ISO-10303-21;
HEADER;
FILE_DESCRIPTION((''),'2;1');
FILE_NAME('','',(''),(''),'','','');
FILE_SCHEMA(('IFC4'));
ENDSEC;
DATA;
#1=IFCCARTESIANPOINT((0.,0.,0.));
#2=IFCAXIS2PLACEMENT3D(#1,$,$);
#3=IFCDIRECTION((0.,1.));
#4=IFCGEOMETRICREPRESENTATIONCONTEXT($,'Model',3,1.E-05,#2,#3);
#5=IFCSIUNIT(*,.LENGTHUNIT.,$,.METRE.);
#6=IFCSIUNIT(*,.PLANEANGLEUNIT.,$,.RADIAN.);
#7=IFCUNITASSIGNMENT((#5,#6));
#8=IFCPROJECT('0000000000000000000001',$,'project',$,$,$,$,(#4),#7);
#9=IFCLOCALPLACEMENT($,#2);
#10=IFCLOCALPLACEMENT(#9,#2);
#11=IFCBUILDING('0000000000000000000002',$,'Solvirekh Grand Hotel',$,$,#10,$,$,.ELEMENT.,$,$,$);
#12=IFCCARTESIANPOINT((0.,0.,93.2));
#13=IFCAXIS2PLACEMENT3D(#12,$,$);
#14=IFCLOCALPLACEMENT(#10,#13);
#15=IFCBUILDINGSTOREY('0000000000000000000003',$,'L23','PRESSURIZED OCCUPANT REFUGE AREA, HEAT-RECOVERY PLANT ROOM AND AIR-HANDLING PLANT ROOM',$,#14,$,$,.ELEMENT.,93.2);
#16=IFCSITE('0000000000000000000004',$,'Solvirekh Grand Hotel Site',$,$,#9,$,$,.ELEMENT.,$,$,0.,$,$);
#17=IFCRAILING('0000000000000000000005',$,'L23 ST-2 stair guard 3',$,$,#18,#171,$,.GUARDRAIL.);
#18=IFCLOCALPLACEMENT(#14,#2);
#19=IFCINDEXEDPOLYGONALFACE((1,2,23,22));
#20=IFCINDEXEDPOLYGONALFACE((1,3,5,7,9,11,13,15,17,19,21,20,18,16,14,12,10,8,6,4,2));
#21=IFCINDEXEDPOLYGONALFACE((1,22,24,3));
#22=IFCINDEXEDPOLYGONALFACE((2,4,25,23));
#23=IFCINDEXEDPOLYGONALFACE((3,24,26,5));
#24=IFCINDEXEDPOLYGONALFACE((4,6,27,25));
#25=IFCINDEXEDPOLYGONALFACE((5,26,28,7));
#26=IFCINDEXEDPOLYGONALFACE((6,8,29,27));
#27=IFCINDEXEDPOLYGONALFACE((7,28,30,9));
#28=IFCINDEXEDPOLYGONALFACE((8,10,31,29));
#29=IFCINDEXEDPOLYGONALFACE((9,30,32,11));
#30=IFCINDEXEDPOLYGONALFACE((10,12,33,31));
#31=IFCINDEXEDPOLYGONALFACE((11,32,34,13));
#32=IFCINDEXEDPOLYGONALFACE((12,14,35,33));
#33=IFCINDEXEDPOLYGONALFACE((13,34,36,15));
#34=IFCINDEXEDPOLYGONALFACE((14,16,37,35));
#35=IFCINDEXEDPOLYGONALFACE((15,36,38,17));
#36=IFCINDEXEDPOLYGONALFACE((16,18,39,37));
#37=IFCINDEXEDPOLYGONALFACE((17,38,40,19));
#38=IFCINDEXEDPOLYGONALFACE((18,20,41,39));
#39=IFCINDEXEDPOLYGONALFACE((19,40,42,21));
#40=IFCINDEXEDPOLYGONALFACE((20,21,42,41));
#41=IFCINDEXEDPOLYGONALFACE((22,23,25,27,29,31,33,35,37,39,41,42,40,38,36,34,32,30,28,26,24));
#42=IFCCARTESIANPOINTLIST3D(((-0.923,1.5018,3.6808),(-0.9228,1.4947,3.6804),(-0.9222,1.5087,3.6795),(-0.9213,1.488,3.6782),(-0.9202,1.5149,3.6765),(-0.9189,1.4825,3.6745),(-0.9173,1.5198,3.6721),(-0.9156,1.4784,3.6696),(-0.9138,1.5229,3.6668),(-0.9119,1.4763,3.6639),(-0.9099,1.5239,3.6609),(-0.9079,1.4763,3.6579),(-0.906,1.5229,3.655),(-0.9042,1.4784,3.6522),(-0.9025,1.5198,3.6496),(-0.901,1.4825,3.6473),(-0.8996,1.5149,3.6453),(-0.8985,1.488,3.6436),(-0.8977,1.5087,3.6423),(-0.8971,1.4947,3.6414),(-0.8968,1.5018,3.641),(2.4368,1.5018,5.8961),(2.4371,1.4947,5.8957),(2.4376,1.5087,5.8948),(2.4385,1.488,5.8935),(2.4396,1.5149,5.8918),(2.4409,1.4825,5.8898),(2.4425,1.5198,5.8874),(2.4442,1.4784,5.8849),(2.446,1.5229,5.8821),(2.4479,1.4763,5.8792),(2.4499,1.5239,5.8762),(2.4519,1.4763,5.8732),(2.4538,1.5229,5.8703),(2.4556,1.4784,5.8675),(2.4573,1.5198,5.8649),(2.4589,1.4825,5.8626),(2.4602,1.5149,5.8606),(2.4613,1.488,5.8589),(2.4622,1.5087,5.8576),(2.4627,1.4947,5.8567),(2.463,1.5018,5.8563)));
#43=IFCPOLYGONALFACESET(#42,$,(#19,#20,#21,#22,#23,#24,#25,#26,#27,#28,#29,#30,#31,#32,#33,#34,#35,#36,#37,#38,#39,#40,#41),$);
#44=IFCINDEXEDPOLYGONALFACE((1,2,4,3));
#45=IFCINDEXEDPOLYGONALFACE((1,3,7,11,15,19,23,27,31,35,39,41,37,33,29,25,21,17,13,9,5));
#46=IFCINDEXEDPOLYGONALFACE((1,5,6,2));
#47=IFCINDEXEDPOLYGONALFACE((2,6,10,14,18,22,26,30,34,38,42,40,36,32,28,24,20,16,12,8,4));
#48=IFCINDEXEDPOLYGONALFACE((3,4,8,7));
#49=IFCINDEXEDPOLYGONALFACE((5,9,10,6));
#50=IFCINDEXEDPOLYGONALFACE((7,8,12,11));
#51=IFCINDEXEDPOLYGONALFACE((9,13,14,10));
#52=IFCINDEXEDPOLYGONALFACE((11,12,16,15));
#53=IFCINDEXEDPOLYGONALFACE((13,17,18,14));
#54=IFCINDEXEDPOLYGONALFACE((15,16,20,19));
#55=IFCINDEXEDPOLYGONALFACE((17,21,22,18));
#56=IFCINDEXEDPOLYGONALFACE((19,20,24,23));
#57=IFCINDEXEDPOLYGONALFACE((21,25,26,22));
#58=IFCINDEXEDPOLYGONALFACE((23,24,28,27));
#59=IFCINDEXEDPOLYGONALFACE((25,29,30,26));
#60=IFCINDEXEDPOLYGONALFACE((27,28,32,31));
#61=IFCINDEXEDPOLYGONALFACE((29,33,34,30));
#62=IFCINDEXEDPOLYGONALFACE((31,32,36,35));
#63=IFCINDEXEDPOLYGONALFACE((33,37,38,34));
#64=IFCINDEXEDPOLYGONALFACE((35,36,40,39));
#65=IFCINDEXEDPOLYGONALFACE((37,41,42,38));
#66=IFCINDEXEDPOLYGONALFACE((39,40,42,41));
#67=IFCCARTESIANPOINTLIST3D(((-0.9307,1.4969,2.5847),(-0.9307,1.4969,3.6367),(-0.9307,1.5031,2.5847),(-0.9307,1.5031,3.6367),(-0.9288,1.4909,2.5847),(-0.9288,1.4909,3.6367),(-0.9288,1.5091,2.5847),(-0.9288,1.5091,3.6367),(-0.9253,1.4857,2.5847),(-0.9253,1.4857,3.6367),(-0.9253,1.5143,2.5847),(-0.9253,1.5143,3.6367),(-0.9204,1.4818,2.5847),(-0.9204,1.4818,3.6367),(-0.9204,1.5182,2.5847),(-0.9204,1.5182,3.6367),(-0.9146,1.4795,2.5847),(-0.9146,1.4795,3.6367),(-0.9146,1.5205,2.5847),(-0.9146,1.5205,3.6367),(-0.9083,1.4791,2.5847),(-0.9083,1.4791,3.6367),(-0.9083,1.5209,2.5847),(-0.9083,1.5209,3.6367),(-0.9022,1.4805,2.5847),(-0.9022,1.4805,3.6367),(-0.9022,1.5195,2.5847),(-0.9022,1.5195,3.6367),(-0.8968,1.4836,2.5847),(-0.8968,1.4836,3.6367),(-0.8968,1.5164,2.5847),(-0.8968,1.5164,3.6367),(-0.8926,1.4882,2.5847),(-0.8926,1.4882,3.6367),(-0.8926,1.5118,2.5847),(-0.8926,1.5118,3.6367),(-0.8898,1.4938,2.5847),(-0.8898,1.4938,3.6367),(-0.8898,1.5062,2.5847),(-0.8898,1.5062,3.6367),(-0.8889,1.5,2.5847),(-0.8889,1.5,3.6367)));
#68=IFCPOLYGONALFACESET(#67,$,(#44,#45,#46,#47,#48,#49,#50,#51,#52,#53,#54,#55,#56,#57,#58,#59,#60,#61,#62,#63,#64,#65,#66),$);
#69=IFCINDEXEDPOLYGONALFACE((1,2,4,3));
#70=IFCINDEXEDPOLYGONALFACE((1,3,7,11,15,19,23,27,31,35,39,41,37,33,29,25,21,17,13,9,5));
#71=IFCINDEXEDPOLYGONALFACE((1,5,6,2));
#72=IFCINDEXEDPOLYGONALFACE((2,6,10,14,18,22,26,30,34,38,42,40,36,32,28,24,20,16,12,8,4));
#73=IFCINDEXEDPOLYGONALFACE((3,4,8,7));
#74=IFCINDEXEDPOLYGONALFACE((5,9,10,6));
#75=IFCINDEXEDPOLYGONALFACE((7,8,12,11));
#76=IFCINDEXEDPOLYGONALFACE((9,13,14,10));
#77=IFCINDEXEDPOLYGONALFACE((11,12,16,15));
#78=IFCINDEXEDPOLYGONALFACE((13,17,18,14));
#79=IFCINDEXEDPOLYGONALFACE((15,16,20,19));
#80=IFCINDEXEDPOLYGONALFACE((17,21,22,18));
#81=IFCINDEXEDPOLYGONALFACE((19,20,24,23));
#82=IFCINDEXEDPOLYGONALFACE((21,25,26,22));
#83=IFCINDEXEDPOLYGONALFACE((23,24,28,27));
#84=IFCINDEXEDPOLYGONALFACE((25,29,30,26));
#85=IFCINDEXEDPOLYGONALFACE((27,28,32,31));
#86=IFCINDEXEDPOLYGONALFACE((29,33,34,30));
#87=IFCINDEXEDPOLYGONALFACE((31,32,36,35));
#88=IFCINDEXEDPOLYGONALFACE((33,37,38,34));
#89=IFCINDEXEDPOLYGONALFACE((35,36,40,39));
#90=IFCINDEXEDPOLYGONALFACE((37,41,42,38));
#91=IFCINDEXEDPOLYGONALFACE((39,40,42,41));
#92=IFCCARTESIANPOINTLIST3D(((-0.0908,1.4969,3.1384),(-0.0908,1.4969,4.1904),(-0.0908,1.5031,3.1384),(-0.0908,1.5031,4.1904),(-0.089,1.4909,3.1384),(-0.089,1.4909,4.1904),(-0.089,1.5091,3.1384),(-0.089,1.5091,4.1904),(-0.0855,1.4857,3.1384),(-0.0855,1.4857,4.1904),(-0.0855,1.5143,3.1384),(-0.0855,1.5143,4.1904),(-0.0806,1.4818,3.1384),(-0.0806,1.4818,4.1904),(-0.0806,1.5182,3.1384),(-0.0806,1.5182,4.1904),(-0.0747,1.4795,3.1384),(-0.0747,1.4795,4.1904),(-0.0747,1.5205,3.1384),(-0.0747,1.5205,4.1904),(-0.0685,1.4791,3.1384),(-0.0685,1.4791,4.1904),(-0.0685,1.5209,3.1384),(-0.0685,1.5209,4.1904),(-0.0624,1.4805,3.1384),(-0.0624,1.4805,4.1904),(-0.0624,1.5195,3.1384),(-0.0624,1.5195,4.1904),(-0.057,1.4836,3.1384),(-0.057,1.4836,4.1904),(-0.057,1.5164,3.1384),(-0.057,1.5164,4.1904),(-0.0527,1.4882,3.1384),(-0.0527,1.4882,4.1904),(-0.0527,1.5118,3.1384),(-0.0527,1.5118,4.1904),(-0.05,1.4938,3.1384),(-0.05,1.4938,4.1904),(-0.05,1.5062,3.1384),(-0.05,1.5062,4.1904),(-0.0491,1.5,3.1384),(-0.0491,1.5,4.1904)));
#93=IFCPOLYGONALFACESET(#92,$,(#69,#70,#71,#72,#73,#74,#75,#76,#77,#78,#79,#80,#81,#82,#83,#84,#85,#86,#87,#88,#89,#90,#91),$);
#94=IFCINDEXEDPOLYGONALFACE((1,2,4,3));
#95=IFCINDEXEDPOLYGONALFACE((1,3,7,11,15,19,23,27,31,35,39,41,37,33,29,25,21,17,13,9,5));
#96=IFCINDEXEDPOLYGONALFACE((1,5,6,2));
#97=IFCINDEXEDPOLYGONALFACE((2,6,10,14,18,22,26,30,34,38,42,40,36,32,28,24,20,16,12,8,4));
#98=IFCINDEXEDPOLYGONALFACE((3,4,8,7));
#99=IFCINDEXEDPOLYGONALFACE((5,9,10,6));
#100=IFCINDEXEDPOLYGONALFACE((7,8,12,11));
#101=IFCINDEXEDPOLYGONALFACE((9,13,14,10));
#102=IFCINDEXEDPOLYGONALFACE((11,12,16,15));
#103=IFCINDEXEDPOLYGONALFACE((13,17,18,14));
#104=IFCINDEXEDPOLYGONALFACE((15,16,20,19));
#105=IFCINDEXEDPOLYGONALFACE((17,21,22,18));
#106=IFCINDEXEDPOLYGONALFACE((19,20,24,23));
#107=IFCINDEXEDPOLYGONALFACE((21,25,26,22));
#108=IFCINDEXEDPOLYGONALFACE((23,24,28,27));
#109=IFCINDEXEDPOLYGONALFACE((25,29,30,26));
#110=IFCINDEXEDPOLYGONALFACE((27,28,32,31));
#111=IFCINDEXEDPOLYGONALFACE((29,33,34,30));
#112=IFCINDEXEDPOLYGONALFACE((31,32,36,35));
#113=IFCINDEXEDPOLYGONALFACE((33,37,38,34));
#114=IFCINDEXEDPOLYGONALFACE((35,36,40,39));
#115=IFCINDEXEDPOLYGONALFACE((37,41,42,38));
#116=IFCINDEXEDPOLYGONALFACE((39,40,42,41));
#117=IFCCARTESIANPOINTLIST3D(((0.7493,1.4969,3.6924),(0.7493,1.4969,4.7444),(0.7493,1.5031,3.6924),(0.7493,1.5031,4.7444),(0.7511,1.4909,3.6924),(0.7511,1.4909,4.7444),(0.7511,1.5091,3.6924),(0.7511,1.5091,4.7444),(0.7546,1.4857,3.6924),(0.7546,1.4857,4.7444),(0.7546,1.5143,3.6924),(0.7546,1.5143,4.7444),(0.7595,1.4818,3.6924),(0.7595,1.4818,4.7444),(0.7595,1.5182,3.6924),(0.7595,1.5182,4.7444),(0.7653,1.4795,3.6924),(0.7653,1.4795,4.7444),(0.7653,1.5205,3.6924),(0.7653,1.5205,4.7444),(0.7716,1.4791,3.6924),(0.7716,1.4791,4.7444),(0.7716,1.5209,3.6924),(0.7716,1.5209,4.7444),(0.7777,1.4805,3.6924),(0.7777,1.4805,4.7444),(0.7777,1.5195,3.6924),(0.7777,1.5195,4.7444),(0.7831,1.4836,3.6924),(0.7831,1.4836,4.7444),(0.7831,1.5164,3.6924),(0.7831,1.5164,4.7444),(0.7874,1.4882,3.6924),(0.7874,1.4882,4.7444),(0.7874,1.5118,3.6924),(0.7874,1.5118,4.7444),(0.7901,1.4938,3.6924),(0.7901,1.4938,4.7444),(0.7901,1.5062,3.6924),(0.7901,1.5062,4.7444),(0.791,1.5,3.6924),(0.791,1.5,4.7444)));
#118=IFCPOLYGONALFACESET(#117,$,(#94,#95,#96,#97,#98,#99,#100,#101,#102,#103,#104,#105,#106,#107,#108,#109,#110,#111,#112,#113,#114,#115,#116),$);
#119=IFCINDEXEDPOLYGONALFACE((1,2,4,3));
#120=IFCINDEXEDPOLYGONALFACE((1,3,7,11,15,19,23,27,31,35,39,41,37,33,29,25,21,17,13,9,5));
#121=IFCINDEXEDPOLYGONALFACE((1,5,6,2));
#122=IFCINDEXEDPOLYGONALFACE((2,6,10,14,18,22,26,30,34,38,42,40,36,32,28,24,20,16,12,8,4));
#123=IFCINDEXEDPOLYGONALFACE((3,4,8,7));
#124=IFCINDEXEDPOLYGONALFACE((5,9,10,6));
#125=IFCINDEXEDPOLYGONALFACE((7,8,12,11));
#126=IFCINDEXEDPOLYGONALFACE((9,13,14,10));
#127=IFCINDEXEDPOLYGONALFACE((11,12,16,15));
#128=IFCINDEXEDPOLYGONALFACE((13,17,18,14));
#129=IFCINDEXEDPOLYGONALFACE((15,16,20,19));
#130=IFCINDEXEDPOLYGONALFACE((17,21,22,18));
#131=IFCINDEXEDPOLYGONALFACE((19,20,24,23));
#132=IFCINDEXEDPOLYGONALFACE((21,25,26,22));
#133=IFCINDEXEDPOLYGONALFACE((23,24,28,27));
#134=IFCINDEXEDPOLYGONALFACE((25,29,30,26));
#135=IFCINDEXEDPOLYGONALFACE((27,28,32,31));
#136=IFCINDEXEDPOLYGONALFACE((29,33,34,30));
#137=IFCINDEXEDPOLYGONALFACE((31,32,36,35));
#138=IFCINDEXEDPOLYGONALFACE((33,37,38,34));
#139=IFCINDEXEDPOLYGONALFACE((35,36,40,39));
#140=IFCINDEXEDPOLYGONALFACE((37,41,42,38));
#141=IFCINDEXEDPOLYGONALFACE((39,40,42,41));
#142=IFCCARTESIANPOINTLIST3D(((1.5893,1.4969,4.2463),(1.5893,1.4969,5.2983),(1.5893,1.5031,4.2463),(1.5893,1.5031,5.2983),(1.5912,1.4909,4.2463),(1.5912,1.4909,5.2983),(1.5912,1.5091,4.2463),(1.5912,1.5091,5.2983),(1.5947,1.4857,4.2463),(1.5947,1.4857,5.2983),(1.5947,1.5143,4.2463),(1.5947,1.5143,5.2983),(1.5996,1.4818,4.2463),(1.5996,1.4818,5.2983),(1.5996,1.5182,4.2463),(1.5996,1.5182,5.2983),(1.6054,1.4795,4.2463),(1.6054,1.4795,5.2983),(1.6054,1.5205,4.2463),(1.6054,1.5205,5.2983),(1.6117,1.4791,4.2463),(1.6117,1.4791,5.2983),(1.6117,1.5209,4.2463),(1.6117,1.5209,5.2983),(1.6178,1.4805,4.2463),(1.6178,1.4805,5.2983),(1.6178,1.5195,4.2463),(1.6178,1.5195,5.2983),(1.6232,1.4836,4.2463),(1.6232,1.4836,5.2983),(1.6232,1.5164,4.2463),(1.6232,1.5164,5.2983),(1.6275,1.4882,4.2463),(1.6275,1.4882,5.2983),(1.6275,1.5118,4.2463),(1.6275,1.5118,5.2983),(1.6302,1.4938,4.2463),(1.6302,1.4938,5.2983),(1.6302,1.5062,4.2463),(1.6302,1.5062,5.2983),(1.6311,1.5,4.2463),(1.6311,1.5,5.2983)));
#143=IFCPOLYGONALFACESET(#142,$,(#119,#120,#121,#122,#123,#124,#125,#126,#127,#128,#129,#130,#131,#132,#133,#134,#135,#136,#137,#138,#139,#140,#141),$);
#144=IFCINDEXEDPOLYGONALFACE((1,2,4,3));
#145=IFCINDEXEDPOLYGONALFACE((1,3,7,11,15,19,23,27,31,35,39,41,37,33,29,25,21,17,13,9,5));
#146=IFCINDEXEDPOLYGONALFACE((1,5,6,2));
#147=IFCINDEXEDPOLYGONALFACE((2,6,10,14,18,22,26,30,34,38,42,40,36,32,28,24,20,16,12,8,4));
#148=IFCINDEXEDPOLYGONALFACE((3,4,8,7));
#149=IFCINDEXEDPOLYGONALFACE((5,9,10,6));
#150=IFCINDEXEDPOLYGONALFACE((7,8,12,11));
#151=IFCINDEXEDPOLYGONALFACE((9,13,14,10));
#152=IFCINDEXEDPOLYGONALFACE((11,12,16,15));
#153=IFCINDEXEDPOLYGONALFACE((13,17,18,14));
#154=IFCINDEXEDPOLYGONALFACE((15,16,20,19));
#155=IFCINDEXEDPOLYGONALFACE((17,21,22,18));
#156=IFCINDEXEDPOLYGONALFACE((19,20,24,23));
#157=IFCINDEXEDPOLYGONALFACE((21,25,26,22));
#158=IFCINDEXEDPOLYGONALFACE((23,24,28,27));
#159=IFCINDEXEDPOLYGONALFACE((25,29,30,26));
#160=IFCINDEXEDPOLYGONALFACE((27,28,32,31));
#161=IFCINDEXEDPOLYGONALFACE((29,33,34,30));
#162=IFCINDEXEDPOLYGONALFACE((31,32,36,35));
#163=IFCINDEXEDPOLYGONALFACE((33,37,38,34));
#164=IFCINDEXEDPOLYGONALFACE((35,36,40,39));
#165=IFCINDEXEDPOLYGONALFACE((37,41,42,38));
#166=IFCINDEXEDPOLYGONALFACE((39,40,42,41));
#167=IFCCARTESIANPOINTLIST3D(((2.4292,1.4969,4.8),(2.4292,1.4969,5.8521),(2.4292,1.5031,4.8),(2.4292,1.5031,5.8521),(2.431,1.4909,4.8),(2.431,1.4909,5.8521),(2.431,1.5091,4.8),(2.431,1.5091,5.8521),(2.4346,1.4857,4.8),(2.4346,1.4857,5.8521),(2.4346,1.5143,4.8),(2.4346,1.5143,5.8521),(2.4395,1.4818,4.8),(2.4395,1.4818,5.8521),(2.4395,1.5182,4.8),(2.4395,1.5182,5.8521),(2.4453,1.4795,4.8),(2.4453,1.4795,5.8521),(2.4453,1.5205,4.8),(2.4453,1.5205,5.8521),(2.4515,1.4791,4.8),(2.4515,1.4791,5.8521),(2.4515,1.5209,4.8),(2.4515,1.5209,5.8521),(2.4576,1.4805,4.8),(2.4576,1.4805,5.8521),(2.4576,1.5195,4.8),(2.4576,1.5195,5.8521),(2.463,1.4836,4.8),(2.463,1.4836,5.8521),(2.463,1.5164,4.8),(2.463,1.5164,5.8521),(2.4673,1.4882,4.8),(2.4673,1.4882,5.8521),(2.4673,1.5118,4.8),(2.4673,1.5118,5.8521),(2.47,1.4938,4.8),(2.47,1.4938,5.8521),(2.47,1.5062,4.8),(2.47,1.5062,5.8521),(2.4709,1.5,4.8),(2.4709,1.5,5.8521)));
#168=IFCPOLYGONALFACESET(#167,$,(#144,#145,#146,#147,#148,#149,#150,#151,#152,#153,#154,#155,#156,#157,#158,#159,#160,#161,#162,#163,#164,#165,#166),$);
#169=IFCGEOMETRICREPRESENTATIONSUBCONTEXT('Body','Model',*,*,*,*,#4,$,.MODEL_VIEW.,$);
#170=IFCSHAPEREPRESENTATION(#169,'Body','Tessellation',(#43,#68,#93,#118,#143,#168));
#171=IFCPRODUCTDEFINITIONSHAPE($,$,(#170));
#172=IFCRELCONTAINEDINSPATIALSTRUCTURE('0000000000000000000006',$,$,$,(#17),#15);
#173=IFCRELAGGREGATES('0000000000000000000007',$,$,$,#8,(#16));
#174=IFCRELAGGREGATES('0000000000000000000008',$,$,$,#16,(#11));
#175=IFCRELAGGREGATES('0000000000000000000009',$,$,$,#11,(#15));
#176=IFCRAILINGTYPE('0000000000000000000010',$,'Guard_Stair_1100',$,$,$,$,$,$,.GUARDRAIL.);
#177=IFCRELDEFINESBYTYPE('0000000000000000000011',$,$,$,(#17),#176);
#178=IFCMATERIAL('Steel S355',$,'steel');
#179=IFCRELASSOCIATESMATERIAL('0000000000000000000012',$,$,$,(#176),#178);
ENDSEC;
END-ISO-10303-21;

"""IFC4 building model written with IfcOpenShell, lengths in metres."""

from ifc_helpers import new_model, si_unit, direction, frame, origin, origin_2d, place, context, subcontext, project, spatial, circle, extrude, material, type_object, element, save


model = new_model("IFC4")

# Units and contexts
model_context = context("Model", 3, precision=1e-05, world=origin(), true_north=direction((0.0, 1.0)))
body_context = subcontext(model_context, "Body", "Model", "MODEL_VIEW")
ifc_project = project(units=[si_unit("LENGTHUNIT", "METRE"), si_unit("PLANEANGLEUNIT", "RADIAN")], contexts=[model_context])

# Site, building, storey
site_placement = place(None, origin())
site = spatial("IfcSite", under=ifc_project, at=site_placement, Name="Solvirekh Grand Hotel Site", CompositionType="ELEMENT", RefElevation=0.0)
building_placement = place(site_placement, origin())
building = spatial("IfcBuilding", under=site, at=building_placement, Name="Solvirekh Grand Hotel", CompositionType="ELEMENT")
storey_placement = place(building_placement, frame((0.0, 0.0, 93.2)))
storey = spatial("IfcBuildingStorey", under=building, at=storey_placement, Name="L23", Description="PRESSURIZED OCCUPANT REFUGE AREA, HEAT-RECOVERY PLANT ROOM AND AIR-HANDLING PLANT ROOM", CompositionType="ELEMENT", Elevation=93.2)

# Shared definitions
ifc_material_1 = material(Name="Steel S355", Category="steel")

# Railing
railing_type_1 = type_object("IfcRailingType", Name="Guard_Stair_1100", PredefinedType="GUARDRAIL", material=ifc_material_1)
railing_1_placement = place(storey_placement, frame((-0.9099, 1.5, 2.5847)))
element("IfcRailing", 1, at=railing_1_placement, inside=storey, type_object=railing_type_1, Name="L23 ST-2 stair guard 3", PredefinedType="GUARDRAIL", context=body_context, shape_type="SweptSolid", body=[
    extrude(circle(Radius=0.0239, at=origin_2d()), frame((0.0, 0.0, 1.0762), z_axis=(0.834858, 0.0, 0.550465), x_axis=(0.0, 1.0, 0.0)), (0.0, 0.0, 1.0), 4.0244),
    extrude(circle(Radius=0.021, at=origin_2d()), origin(), (0.0, 0.0, 1.0), 1.052),
    extrude(circle(Radius=0.021, at=origin_2d()), frame((0.8398, 0.0, 0.5537)), (0.0, 0.0, 1.0), 1.052),
    extrude(circle(Radius=0.021, at=origin_2d()), frame((1.6799, 0.0, 1.1077)), (0.0, 0.0, 1.0), 1.052),
    extrude(circle(Radius=0.021, at=origin_2d()), frame((2.52, 0.0, 1.6616)), (0.0, 0.0, 1.0), 1.052),
    extrude(circle(Radius=0.021, at=origin_2d()), frame((3.3599, 0.0, 2.2153)), (0.0, 0.0, 1.0), 1.052),
])

save(model, "model.ifc")
